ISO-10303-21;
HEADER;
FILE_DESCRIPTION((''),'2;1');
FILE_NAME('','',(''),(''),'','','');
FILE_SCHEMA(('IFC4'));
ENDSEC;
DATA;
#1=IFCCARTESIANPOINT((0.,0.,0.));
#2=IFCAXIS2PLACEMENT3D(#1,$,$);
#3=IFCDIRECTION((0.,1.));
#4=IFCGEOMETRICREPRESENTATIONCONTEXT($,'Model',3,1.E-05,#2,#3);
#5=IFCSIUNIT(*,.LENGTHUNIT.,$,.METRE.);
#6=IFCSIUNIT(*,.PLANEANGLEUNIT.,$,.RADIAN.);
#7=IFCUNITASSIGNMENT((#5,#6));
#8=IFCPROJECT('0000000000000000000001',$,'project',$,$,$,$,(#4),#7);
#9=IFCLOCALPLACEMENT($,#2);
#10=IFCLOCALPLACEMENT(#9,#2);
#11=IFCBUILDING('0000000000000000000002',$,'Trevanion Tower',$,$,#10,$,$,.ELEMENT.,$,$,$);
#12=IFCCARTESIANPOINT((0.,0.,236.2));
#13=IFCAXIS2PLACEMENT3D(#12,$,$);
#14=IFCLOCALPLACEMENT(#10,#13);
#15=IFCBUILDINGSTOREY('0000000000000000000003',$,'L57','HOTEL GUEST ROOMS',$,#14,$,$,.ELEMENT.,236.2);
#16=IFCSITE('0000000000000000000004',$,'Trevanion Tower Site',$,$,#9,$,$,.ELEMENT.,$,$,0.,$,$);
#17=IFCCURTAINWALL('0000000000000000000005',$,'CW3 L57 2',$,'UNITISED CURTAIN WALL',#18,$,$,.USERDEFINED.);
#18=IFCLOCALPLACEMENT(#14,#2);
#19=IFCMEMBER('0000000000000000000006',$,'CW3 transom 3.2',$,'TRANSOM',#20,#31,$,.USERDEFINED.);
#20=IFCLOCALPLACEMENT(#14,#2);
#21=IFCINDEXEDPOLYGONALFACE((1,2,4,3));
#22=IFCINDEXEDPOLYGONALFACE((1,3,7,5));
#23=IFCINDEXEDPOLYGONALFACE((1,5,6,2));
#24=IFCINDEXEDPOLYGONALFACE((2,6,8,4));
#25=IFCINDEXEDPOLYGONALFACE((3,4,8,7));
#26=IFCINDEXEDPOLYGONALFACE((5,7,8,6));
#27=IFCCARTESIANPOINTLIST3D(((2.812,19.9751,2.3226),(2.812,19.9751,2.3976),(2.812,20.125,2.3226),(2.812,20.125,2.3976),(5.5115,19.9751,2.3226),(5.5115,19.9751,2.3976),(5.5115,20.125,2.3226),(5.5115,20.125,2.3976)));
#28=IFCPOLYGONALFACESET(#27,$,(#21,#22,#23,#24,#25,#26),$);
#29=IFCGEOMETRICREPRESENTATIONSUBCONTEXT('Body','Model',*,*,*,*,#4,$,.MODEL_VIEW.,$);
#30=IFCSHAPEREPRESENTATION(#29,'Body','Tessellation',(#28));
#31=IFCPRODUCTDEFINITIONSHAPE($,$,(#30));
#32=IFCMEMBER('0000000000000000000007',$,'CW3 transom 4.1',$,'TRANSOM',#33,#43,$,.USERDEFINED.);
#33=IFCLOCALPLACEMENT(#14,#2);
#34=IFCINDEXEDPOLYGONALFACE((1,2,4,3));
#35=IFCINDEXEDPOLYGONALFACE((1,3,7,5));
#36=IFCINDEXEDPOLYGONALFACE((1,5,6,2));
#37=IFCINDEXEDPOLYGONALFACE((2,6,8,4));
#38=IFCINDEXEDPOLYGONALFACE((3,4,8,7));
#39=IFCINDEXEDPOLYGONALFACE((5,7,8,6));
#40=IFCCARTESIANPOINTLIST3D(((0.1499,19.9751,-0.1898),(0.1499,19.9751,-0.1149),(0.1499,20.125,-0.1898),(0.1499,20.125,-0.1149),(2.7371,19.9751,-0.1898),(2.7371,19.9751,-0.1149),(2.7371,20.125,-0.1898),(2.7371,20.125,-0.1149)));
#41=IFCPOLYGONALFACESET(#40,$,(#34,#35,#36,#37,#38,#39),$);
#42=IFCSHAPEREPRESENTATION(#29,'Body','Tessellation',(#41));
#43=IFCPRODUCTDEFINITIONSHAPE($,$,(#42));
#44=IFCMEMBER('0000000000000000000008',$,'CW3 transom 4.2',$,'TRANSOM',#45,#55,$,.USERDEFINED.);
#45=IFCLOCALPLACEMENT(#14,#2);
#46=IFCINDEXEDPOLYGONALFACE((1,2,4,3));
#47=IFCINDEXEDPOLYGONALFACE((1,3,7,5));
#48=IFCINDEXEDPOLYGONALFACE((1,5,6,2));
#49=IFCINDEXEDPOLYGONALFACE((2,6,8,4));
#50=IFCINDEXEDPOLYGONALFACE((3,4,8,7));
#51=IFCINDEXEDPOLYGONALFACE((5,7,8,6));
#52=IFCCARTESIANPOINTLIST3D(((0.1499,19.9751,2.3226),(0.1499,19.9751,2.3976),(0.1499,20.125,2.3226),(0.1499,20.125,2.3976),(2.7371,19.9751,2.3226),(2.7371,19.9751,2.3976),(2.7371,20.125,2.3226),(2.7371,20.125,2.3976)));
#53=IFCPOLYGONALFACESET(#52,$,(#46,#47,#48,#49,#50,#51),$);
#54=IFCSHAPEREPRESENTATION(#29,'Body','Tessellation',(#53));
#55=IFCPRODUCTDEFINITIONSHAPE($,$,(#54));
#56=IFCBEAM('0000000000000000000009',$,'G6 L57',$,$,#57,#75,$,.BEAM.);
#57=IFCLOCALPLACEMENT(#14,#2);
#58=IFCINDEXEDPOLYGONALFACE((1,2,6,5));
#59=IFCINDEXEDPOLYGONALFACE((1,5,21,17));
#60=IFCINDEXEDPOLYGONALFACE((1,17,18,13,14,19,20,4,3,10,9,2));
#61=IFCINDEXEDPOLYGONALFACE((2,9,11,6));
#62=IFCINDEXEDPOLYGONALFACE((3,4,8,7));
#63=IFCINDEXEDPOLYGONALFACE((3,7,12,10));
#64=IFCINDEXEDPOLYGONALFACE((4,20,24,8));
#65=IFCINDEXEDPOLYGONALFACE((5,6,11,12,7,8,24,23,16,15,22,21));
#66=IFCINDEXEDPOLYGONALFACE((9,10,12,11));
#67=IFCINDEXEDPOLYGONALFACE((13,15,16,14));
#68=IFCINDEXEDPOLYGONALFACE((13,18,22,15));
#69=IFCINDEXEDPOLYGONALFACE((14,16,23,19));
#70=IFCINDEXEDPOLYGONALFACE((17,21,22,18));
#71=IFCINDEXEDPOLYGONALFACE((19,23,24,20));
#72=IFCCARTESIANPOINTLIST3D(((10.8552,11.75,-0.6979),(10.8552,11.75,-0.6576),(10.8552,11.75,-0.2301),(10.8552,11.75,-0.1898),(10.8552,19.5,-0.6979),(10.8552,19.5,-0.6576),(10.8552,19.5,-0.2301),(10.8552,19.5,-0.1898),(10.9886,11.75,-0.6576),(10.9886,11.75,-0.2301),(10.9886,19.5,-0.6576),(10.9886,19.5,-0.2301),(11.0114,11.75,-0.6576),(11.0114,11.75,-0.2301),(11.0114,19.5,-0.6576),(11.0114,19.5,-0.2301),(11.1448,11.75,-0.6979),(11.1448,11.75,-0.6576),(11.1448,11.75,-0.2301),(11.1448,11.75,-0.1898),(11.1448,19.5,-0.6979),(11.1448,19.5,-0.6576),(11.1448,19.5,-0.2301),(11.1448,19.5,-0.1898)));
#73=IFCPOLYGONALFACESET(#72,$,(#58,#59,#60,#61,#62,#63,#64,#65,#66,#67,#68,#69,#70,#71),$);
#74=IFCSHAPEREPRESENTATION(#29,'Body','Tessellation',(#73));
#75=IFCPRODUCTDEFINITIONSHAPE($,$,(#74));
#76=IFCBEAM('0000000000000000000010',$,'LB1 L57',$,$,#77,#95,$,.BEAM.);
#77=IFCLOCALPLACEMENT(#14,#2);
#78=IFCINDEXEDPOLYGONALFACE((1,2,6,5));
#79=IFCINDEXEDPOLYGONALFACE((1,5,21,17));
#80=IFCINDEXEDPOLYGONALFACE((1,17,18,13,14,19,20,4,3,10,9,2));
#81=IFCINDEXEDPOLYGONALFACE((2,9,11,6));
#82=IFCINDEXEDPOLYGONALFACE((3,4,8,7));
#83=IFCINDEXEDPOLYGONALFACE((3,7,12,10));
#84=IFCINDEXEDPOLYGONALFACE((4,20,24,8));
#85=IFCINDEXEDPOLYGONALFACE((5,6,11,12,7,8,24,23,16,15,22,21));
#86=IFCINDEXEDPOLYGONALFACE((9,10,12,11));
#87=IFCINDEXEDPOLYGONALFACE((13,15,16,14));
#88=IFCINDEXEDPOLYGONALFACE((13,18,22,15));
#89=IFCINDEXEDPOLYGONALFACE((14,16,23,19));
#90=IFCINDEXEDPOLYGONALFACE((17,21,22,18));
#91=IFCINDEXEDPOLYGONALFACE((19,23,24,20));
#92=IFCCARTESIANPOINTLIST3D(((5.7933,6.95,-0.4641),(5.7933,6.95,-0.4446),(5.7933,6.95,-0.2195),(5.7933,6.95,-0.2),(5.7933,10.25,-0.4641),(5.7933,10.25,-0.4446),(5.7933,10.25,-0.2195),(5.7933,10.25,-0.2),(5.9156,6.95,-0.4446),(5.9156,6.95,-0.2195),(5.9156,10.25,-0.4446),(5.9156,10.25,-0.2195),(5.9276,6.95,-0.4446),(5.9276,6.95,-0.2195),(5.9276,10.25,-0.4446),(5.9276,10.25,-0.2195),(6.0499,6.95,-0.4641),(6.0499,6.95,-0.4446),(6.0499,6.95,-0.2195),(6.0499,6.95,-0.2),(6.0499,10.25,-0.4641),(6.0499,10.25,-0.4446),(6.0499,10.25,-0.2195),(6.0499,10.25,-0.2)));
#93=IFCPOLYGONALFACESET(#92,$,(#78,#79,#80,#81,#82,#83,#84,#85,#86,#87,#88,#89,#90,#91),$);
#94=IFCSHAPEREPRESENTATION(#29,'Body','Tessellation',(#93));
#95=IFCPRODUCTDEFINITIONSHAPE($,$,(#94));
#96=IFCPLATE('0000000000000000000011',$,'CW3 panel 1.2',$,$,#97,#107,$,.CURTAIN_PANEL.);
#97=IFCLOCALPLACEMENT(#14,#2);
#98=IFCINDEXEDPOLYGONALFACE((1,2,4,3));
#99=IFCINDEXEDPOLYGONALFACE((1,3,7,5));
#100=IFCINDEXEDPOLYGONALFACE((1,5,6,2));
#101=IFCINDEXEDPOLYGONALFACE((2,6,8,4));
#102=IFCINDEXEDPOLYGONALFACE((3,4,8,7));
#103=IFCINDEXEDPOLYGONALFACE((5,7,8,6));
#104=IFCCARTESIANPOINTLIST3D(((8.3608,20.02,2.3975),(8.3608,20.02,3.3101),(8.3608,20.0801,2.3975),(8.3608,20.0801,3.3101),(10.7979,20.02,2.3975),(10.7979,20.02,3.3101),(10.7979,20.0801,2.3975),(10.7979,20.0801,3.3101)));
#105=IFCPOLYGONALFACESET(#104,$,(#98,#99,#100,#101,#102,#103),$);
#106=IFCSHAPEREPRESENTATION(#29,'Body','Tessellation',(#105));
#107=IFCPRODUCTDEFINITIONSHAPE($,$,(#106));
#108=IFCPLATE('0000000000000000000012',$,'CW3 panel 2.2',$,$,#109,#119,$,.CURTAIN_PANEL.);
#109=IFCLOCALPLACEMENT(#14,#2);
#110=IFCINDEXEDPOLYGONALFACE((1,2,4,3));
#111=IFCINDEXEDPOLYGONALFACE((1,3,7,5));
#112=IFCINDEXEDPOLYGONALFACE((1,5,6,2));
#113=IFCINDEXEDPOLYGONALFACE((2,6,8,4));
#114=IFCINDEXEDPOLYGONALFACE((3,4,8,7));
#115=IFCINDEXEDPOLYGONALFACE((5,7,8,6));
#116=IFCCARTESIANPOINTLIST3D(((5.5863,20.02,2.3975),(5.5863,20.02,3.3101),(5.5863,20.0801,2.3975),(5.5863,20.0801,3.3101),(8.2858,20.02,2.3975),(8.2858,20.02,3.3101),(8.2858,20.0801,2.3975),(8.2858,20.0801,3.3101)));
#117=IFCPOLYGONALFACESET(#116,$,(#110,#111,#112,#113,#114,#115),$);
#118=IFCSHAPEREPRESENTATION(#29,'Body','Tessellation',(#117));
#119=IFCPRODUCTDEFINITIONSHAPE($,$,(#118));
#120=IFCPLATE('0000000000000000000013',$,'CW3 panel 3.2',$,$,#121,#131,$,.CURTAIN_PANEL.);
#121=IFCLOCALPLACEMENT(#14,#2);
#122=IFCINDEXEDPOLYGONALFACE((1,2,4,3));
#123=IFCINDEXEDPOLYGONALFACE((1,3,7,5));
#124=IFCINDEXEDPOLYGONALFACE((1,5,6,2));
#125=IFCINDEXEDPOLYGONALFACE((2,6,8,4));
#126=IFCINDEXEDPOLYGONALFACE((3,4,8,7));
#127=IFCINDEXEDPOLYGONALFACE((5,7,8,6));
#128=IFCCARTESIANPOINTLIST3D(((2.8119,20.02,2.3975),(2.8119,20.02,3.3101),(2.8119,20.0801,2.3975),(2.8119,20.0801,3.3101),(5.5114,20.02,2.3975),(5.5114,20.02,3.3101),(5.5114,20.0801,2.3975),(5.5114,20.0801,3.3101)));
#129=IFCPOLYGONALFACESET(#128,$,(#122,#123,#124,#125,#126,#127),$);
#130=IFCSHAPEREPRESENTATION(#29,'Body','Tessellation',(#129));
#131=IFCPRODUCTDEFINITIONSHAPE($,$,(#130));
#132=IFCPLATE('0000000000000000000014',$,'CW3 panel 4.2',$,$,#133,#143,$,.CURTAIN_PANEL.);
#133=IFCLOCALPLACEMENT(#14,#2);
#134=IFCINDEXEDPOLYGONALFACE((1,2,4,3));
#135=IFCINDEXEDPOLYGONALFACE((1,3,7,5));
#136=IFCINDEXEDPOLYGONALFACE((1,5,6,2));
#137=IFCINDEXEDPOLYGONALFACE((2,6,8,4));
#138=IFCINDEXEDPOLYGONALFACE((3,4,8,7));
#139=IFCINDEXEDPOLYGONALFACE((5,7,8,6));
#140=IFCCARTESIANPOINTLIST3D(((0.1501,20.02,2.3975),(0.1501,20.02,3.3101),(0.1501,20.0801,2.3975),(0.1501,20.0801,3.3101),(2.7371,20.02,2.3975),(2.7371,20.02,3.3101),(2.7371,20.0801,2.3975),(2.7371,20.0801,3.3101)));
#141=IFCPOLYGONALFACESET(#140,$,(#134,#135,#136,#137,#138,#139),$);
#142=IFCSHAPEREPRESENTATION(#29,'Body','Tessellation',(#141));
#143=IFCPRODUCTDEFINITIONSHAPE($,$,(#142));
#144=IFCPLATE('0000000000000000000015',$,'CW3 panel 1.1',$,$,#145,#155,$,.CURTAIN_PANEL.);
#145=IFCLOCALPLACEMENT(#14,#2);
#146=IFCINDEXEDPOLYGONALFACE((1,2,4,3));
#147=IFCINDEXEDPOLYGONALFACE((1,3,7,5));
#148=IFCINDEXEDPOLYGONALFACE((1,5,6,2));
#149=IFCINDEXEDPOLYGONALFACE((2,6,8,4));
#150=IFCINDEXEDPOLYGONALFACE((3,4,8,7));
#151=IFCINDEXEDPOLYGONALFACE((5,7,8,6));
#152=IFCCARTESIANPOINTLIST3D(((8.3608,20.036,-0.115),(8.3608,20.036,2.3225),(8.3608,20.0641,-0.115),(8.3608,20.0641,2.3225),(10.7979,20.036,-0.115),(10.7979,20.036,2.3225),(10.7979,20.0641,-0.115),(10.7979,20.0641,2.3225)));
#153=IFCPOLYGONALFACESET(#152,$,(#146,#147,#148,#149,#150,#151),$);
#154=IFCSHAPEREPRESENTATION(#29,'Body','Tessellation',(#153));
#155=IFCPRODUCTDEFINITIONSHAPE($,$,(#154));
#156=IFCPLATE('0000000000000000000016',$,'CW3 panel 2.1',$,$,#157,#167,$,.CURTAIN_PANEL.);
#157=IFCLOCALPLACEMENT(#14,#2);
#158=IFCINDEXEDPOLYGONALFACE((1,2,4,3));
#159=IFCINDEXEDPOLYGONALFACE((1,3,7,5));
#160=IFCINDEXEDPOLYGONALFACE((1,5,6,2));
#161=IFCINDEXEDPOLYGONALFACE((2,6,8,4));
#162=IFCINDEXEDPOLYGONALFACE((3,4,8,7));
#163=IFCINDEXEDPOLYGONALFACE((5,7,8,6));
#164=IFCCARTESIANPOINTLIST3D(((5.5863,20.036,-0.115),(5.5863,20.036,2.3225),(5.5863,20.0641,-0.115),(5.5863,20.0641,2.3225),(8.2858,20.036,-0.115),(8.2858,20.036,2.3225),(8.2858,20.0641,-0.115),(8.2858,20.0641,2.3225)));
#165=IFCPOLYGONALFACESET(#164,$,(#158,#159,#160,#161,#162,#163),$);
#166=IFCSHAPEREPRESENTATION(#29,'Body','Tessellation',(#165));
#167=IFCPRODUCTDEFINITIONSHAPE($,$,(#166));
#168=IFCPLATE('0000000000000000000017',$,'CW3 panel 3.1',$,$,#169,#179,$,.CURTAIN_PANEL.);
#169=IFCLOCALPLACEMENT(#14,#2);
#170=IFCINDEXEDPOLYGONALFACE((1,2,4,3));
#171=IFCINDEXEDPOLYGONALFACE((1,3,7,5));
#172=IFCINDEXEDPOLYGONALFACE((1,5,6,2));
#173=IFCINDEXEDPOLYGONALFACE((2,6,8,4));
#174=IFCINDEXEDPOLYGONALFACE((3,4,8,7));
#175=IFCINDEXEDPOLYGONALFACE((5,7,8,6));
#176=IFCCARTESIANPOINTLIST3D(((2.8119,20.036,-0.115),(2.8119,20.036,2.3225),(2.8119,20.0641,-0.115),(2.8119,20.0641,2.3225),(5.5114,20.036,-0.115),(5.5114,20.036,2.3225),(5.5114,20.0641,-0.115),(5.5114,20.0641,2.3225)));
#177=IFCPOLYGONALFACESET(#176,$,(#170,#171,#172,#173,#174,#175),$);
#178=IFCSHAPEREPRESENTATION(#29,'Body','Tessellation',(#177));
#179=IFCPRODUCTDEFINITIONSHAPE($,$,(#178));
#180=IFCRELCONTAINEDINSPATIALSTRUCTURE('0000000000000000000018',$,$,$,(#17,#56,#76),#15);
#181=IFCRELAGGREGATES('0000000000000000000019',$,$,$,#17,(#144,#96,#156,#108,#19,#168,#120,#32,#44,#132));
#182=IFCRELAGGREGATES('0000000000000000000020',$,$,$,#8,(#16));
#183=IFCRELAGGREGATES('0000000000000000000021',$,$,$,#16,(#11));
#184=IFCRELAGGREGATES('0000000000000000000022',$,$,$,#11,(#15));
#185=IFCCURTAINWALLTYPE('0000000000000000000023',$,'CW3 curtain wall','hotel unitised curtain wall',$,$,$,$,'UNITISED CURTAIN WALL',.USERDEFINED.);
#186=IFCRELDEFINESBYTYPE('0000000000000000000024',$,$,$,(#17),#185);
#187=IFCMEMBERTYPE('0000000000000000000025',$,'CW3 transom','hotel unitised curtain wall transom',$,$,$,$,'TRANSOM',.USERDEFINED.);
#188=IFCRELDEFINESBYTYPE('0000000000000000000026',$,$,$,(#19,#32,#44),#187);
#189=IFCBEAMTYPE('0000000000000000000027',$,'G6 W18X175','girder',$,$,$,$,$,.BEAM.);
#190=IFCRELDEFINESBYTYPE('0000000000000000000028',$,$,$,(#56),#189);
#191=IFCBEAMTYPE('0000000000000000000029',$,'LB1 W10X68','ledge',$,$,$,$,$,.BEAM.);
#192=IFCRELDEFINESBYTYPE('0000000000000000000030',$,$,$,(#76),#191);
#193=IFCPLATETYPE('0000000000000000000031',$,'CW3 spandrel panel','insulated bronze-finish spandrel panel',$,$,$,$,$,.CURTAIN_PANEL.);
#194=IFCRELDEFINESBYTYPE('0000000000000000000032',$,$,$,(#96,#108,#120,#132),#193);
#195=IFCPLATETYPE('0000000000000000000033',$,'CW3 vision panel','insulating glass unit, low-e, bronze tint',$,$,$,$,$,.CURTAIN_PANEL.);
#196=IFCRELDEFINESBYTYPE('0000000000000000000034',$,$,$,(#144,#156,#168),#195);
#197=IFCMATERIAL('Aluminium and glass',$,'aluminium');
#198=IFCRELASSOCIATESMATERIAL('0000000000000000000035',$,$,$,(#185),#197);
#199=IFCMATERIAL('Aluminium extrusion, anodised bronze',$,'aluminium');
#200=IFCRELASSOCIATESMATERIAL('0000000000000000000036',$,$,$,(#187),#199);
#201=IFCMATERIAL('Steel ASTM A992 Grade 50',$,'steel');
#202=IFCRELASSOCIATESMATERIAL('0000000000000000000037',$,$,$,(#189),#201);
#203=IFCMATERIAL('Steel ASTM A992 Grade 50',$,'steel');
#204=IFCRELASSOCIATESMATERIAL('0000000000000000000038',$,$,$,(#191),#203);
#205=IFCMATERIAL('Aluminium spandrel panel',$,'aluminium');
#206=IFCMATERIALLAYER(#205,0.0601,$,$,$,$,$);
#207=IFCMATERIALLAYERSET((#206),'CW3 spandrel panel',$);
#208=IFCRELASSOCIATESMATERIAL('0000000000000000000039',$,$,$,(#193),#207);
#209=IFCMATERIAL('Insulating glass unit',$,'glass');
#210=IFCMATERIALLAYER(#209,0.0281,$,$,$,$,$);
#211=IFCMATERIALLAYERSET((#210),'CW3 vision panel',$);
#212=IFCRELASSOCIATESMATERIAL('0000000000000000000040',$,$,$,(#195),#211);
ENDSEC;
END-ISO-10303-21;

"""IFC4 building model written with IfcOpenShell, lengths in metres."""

from ifc_helpers import new_model, si_unit, direction, frame, origin, origin_2d, place, context, subcontext, project, spatial, rectangle, i_section, extrude, material, layer, layer_set, material_profile, profile_set, type_object, element, aggregate, save


model = new_model("IFC4")

# Units and contexts
model_context = context("Model", 3, precision=1e-05, world=origin(), true_north=direction((0.0, 1.0)))
body_context = subcontext(model_context, "Body", "Model", "MODEL_VIEW")
ifc_project = project(units=[si_unit("LENGTHUNIT", "METRE"), si_unit("PLANEANGLEUNIT", "RADIAN")], contexts=[model_context])

# Site, building, storey
site_placement = place(None, origin())
site = spatial("IfcSite", under=ifc_project, at=site_placement, Name="Trevanion Tower Site", CompositionType="ELEMENT", RefElevation=0.0)
building_placement = place(site_placement, origin())
building = spatial("IfcBuilding", under=site, at=building_placement, Name="Trevanion Tower", CompositionType="ELEMENT")
storey_placement = place(building_placement, frame((0.0, 0.0, 236.2)))
storey = spatial("IfcBuildingStorey", under=building, at=storey_placement, Name="L57", Description="HOTEL GUEST ROOMS", CompositionType="ELEMENT", Elevation=236.2)

# Curtain wall, members
ifc_material_1 = material(Name="Aluminium and glass", Category="aluminium")
curtain_wall_type = type_object("IfcCurtainWallType", Name="CW3 curtain wall", Description="hotel unitised curtain wall", ElementType="UNITISED CURTAIN WALL", PredefinedType="USERDEFINED", material=ifc_material_1)
curtain_wall_placement = place(storey_placement, origin())
curtain_wall = element("IfcCurtainWall", 1, at=curtain_wall_placement, inside=storey, type_object=curtain_wall_type, Name="CW3 L57 2", ObjectType="UNITISED CURTAIN WALL", PredefinedType="USERDEFINED")
ifc_material_2 = material(Name="Aluminium extrusion, anodised bronze", Category="aluminium")
ifc_material_profile_1 = material_profile(ifc_material_2, rectangle(XDim=0.1499, YDim=0.075, at=origin_2d()), Name="CW3 transom")
ifc_profile_set_1 = profile_set([ifc_material_profile_1], Name="Aluminium extrusion, anodised bronze")
member_type_1 = type_object("IfcMemberType", Name="CW3 transom", Description="hotel unitised curtain wall transom", ElementType="TRANSOM", PredefinedType="USERDEFINED", material=ifc_profile_set_1)
member_1_placement = place(storey_placement, frame((5.5115, 20.05, 2.3601), z_axis=(-1.0, 0.0, 0.0), x_axis=(0.0, -1.0, 0.0)))
member_1 = element("IfcMember", 2, at=member_1_placement, type_object=member_type_1, Name="CW3 transom 3.2", ObjectType="TRANSOM", PredefinedType="USERDEFINED", context=body_context, shape_type="SweptSolid", body=[
    extrude(rectangle(XDim=0.1499, YDim=0.075, at=origin_2d()), origin(), (0.0, 0.0, 1.0), 2.6995),
])
member_2_placement = place(storey_placement, frame((2.7371, 20.05, -0.1523), z_axis=(-1.0, 0.0, 0.0), x_axis=(0.0, -1.0, 0.0)))
member_2 = element("IfcMember", 3, at=member_2_placement, type_object=member_type_1, Name="CW3 transom 4.1", ObjectType="TRANSOM", PredefinedType="USERDEFINED", context=body_context, shape_type="SweptSolid", body=[
    extrude(rectangle(XDim=0.1499, YDim=0.075, at=origin_2d()), origin(), (0.0, 0.0, 1.0), 2.5872),
])
member_3_placement = place(storey_placement, frame((2.7371, 20.05, 2.3601), z_axis=(-1.0, 0.0, 0.0), x_axis=(0.0, -1.0, 0.0)))
member_3 = element("IfcMember", 4, at=member_3_placement, type_object=member_type_1, Name="CW3 transom 4.2", ObjectType="TRANSOM", PredefinedType="USERDEFINED", context=body_context, shape_type="SweptSolid", body=[
    extrude(rectangle(XDim=0.1499, YDim=0.075, at=origin_2d()), origin(), (0.0, 0.0, 1.0), 2.5872),
])

# Beams
ifc_material_3 = material(Name="Steel ASTM A992 Grade 50", Category="steel")
ifc_material_profile_2 = material_profile(ifc_material_3, i_section(OverallWidth=0.2896, OverallDepth=0.5081, WebThickness=0.0227, FlangeThickness=0.0403, at=origin_2d()), Name="W18X175")
ifc_profile_set_2 = profile_set([ifc_material_profile_2], Name="Steel ASTM A992 Grade 50")
beam_type_1 = type_object("IfcBeamType", Name="G6 W18X175", Description="girder", PredefinedType="BEAM", material=ifc_profile_set_2)
beam_1_placement = place(storey_placement, frame((11.0, 11.75, -0.4438), z_axis=(0.0, 1.0, 0.0), x_axis=(-1.0, 0.0, 0.0)))
element("IfcBeam", 5, at=beam_1_placement, inside=storey, type_object=beam_type_1, Name="G6 L57", PredefinedType="BEAM", context=body_context, shape_type="SweptSolid", body=[
    extrude(i_section(OverallWidth=0.2896, OverallDepth=0.5081, WebThickness=0.0227, FlangeThickness=0.0403, at=origin_2d()), origin(), (0.0, 0.0, 1.0), 7.75),
])
ifc_material_4 = material(Name="Steel ASTM A992 Grade 50", Category="steel")
ifc_material_profile_3 = material_profile(ifc_material_4, i_section(OverallWidth=0.2566, OverallDepth=0.2642, WebThickness=0.012, FlangeThickness=0.0195, at=origin_2d()), Name="W10X68")
ifc_profile_set_3 = profile_set([ifc_material_profile_3], Name="Steel ASTM A992 Grade 50")
beam_type_2 = type_object("IfcBeamType", Name="LB1 W10X68", Description="ledge", PredefinedType="BEAM", material=ifc_profile_set_3)
beam_2_placement = place(storey_placement, frame((5.9216, 6.95, -0.332), z_axis=(0.0, 1.0, 0.0), x_axis=(-1.0, 0.0, 0.0)))
element("IfcBeam", 6, at=beam_2_placement, inside=storey, type_object=beam_type_2, Name="LB1 L57", PredefinedType="BEAM", context=body_context, shape_type="SweptSolid", body=[
    extrude(i_section(OverallWidth=0.2566, OverallDepth=0.2642, WebThickness=0.012, FlangeThickness=0.0195, at=origin_2d()), origin(), (0.0, 0.0, 1.0), 3.3),
])

# Plates
ifc_material_5 = material(Name="Aluminium spandrel panel", Category="aluminium")
ifc_layer_1 = layer(ifc_material_5, 0.0601)
ifc_layer_set_1 = layer_set([ifc_layer_1], Name="CW3 spandrel panel")
plate_type_1 = type_object("IfcPlateType", Name="CW3 spandrel panel", Description="insulated bronze-finish spandrel panel", PredefinedType="CURTAIN_PANEL", material=ifc_layer_set_1)
plate_1_placement = place(storey_placement, frame((9.5793, 20.05, 2.3975), z_axis=(0.0, 0.0, 1.0), x_axis=(-1.0, 0.0, 0.0)))
plate_1 = element("IfcPlate", 7, at=plate_1_placement, type_object=plate_type_1, Name="CW3 panel 1.2", PredefinedType="CURTAIN_PANEL", context=body_context, shape_type="SweptSolid", body=[
    extrude(rectangle(XDim=2.437, YDim=0.0601, at=origin_2d()), origin(), (0.0, 0.0, 1.0), 0.9126),
])
plate_2_placement = place(storey_placement, frame((6.936, 20.05, 2.3975), z_axis=(0.0, 0.0, 1.0), x_axis=(-1.0, 0.0, 0.0)))
plate_2 = element("IfcPlate", 8, at=plate_2_placement, type_object=plate_type_1, Name="CW3 panel 2.2", PredefinedType="CURTAIN_PANEL", context=body_context, shape_type="SweptSolid", body=[
    extrude(rectangle(XDim=2.6995, YDim=0.0601, at=origin_2d()), origin(), (0.0, 0.0, 1.0), 0.9126),
])
plate_3_placement = place(storey_placement, frame((4.1616, 20.05, 2.3975), z_axis=(0.0, 0.0, 1.0), x_axis=(-1.0, 0.0, 0.0)))
plate_3 = element("IfcPlate", 9, at=plate_3_placement, type_object=plate_type_1, Name="CW3 panel 3.2", PredefinedType="CURTAIN_PANEL", context=body_context, shape_type="SweptSolid", body=[
    extrude(rectangle(XDim=2.6995, YDim=0.0601, at=origin_2d()), origin(), (0.0, 0.0, 1.0), 0.9126),
])
plate_4_placement = place(storey_placement, frame((1.4436, 20.05, 2.3975), z_axis=(0.0, 0.0, 1.0), x_axis=(-1.0, 0.0, 0.0)))
plate_4 = element("IfcPlate", 10, at=plate_4_placement, type_object=plate_type_1, Name="CW3 panel 4.2", PredefinedType="CURTAIN_PANEL", context=body_context, shape_type="SweptSolid", body=[
    extrude(rectangle(XDim=2.5869, YDim=0.0601, at=origin_2d()), origin(), (0.0, 0.0, 1.0), 0.9126),
])
ifc_material_6 = material(Name="Insulating glass unit", Category="glass")
ifc_layer_2 = layer(ifc_material_6, 0.0281)
ifc_layer_set_2 = layer_set([ifc_layer_2], Name="CW3 vision panel")
plate_type_2 = type_object("IfcPlateType", Name="CW3 vision panel", Description="insulating glass unit, low-e, bronze tint", PredefinedType="CURTAIN_PANEL", material=ifc_layer_set_2)
plate_5_placement = place(storey_placement, frame((9.5793, 20.05, -0.115), z_axis=(0.0, 0.0, 1.0), x_axis=(-1.0, 0.0, 0.0)))
plate_5 = element("IfcPlate", 11, at=plate_5_placement, type_object=plate_type_2, Name="CW3 panel 1.1", PredefinedType="CURTAIN_PANEL", context=body_context, shape_type="SweptSolid", body=[
    extrude(rectangle(XDim=2.437, YDim=0.0281, at=origin_2d()), origin(), (0.0, 0.0, 1.0), 2.4375),
])
plate_6_placement = place(storey_placement, frame((6.936, 20.05, -0.115), z_axis=(0.0, 0.0, 1.0), x_axis=(-1.0, 0.0, 0.0)))
plate_6 = element("IfcPlate", 12, at=plate_6_placement, type_object=plate_type_2, Name="CW3 panel 2.1", PredefinedType="CURTAIN_PANEL", context=body_context, shape_type="SweptSolid", body=[
    extrude(rectangle(XDim=2.6995, YDim=0.0281, at=origin_2d()), origin(), (0.0, 0.0, 1.0), 2.4375),
])
plate_7_placement = place(storey_placement, frame((4.1616, 20.05, -0.115), z_axis=(0.0, 0.0, 1.0), x_axis=(-1.0, 0.0, 0.0)))
plate_7 = element("IfcPlate", 13, at=plate_7_placement, type_object=plate_type_2, Name="CW3 panel 3.1", PredefinedType="CURTAIN_PANEL", context=body_context, shape_type="SweptSolid", body=[
    extrude(rectangle(XDim=2.6995, YDim=0.0281, at=origin_2d()), origin(), (0.0, 0.0, 1.0), 2.4375),
])
aggregate(curtain_wall, [plate_5, plate_1, plate_6, plate_2, member_1, plate_7, plate_3, member_2, member_3, plate_4])

save(model, "model.ifc")
